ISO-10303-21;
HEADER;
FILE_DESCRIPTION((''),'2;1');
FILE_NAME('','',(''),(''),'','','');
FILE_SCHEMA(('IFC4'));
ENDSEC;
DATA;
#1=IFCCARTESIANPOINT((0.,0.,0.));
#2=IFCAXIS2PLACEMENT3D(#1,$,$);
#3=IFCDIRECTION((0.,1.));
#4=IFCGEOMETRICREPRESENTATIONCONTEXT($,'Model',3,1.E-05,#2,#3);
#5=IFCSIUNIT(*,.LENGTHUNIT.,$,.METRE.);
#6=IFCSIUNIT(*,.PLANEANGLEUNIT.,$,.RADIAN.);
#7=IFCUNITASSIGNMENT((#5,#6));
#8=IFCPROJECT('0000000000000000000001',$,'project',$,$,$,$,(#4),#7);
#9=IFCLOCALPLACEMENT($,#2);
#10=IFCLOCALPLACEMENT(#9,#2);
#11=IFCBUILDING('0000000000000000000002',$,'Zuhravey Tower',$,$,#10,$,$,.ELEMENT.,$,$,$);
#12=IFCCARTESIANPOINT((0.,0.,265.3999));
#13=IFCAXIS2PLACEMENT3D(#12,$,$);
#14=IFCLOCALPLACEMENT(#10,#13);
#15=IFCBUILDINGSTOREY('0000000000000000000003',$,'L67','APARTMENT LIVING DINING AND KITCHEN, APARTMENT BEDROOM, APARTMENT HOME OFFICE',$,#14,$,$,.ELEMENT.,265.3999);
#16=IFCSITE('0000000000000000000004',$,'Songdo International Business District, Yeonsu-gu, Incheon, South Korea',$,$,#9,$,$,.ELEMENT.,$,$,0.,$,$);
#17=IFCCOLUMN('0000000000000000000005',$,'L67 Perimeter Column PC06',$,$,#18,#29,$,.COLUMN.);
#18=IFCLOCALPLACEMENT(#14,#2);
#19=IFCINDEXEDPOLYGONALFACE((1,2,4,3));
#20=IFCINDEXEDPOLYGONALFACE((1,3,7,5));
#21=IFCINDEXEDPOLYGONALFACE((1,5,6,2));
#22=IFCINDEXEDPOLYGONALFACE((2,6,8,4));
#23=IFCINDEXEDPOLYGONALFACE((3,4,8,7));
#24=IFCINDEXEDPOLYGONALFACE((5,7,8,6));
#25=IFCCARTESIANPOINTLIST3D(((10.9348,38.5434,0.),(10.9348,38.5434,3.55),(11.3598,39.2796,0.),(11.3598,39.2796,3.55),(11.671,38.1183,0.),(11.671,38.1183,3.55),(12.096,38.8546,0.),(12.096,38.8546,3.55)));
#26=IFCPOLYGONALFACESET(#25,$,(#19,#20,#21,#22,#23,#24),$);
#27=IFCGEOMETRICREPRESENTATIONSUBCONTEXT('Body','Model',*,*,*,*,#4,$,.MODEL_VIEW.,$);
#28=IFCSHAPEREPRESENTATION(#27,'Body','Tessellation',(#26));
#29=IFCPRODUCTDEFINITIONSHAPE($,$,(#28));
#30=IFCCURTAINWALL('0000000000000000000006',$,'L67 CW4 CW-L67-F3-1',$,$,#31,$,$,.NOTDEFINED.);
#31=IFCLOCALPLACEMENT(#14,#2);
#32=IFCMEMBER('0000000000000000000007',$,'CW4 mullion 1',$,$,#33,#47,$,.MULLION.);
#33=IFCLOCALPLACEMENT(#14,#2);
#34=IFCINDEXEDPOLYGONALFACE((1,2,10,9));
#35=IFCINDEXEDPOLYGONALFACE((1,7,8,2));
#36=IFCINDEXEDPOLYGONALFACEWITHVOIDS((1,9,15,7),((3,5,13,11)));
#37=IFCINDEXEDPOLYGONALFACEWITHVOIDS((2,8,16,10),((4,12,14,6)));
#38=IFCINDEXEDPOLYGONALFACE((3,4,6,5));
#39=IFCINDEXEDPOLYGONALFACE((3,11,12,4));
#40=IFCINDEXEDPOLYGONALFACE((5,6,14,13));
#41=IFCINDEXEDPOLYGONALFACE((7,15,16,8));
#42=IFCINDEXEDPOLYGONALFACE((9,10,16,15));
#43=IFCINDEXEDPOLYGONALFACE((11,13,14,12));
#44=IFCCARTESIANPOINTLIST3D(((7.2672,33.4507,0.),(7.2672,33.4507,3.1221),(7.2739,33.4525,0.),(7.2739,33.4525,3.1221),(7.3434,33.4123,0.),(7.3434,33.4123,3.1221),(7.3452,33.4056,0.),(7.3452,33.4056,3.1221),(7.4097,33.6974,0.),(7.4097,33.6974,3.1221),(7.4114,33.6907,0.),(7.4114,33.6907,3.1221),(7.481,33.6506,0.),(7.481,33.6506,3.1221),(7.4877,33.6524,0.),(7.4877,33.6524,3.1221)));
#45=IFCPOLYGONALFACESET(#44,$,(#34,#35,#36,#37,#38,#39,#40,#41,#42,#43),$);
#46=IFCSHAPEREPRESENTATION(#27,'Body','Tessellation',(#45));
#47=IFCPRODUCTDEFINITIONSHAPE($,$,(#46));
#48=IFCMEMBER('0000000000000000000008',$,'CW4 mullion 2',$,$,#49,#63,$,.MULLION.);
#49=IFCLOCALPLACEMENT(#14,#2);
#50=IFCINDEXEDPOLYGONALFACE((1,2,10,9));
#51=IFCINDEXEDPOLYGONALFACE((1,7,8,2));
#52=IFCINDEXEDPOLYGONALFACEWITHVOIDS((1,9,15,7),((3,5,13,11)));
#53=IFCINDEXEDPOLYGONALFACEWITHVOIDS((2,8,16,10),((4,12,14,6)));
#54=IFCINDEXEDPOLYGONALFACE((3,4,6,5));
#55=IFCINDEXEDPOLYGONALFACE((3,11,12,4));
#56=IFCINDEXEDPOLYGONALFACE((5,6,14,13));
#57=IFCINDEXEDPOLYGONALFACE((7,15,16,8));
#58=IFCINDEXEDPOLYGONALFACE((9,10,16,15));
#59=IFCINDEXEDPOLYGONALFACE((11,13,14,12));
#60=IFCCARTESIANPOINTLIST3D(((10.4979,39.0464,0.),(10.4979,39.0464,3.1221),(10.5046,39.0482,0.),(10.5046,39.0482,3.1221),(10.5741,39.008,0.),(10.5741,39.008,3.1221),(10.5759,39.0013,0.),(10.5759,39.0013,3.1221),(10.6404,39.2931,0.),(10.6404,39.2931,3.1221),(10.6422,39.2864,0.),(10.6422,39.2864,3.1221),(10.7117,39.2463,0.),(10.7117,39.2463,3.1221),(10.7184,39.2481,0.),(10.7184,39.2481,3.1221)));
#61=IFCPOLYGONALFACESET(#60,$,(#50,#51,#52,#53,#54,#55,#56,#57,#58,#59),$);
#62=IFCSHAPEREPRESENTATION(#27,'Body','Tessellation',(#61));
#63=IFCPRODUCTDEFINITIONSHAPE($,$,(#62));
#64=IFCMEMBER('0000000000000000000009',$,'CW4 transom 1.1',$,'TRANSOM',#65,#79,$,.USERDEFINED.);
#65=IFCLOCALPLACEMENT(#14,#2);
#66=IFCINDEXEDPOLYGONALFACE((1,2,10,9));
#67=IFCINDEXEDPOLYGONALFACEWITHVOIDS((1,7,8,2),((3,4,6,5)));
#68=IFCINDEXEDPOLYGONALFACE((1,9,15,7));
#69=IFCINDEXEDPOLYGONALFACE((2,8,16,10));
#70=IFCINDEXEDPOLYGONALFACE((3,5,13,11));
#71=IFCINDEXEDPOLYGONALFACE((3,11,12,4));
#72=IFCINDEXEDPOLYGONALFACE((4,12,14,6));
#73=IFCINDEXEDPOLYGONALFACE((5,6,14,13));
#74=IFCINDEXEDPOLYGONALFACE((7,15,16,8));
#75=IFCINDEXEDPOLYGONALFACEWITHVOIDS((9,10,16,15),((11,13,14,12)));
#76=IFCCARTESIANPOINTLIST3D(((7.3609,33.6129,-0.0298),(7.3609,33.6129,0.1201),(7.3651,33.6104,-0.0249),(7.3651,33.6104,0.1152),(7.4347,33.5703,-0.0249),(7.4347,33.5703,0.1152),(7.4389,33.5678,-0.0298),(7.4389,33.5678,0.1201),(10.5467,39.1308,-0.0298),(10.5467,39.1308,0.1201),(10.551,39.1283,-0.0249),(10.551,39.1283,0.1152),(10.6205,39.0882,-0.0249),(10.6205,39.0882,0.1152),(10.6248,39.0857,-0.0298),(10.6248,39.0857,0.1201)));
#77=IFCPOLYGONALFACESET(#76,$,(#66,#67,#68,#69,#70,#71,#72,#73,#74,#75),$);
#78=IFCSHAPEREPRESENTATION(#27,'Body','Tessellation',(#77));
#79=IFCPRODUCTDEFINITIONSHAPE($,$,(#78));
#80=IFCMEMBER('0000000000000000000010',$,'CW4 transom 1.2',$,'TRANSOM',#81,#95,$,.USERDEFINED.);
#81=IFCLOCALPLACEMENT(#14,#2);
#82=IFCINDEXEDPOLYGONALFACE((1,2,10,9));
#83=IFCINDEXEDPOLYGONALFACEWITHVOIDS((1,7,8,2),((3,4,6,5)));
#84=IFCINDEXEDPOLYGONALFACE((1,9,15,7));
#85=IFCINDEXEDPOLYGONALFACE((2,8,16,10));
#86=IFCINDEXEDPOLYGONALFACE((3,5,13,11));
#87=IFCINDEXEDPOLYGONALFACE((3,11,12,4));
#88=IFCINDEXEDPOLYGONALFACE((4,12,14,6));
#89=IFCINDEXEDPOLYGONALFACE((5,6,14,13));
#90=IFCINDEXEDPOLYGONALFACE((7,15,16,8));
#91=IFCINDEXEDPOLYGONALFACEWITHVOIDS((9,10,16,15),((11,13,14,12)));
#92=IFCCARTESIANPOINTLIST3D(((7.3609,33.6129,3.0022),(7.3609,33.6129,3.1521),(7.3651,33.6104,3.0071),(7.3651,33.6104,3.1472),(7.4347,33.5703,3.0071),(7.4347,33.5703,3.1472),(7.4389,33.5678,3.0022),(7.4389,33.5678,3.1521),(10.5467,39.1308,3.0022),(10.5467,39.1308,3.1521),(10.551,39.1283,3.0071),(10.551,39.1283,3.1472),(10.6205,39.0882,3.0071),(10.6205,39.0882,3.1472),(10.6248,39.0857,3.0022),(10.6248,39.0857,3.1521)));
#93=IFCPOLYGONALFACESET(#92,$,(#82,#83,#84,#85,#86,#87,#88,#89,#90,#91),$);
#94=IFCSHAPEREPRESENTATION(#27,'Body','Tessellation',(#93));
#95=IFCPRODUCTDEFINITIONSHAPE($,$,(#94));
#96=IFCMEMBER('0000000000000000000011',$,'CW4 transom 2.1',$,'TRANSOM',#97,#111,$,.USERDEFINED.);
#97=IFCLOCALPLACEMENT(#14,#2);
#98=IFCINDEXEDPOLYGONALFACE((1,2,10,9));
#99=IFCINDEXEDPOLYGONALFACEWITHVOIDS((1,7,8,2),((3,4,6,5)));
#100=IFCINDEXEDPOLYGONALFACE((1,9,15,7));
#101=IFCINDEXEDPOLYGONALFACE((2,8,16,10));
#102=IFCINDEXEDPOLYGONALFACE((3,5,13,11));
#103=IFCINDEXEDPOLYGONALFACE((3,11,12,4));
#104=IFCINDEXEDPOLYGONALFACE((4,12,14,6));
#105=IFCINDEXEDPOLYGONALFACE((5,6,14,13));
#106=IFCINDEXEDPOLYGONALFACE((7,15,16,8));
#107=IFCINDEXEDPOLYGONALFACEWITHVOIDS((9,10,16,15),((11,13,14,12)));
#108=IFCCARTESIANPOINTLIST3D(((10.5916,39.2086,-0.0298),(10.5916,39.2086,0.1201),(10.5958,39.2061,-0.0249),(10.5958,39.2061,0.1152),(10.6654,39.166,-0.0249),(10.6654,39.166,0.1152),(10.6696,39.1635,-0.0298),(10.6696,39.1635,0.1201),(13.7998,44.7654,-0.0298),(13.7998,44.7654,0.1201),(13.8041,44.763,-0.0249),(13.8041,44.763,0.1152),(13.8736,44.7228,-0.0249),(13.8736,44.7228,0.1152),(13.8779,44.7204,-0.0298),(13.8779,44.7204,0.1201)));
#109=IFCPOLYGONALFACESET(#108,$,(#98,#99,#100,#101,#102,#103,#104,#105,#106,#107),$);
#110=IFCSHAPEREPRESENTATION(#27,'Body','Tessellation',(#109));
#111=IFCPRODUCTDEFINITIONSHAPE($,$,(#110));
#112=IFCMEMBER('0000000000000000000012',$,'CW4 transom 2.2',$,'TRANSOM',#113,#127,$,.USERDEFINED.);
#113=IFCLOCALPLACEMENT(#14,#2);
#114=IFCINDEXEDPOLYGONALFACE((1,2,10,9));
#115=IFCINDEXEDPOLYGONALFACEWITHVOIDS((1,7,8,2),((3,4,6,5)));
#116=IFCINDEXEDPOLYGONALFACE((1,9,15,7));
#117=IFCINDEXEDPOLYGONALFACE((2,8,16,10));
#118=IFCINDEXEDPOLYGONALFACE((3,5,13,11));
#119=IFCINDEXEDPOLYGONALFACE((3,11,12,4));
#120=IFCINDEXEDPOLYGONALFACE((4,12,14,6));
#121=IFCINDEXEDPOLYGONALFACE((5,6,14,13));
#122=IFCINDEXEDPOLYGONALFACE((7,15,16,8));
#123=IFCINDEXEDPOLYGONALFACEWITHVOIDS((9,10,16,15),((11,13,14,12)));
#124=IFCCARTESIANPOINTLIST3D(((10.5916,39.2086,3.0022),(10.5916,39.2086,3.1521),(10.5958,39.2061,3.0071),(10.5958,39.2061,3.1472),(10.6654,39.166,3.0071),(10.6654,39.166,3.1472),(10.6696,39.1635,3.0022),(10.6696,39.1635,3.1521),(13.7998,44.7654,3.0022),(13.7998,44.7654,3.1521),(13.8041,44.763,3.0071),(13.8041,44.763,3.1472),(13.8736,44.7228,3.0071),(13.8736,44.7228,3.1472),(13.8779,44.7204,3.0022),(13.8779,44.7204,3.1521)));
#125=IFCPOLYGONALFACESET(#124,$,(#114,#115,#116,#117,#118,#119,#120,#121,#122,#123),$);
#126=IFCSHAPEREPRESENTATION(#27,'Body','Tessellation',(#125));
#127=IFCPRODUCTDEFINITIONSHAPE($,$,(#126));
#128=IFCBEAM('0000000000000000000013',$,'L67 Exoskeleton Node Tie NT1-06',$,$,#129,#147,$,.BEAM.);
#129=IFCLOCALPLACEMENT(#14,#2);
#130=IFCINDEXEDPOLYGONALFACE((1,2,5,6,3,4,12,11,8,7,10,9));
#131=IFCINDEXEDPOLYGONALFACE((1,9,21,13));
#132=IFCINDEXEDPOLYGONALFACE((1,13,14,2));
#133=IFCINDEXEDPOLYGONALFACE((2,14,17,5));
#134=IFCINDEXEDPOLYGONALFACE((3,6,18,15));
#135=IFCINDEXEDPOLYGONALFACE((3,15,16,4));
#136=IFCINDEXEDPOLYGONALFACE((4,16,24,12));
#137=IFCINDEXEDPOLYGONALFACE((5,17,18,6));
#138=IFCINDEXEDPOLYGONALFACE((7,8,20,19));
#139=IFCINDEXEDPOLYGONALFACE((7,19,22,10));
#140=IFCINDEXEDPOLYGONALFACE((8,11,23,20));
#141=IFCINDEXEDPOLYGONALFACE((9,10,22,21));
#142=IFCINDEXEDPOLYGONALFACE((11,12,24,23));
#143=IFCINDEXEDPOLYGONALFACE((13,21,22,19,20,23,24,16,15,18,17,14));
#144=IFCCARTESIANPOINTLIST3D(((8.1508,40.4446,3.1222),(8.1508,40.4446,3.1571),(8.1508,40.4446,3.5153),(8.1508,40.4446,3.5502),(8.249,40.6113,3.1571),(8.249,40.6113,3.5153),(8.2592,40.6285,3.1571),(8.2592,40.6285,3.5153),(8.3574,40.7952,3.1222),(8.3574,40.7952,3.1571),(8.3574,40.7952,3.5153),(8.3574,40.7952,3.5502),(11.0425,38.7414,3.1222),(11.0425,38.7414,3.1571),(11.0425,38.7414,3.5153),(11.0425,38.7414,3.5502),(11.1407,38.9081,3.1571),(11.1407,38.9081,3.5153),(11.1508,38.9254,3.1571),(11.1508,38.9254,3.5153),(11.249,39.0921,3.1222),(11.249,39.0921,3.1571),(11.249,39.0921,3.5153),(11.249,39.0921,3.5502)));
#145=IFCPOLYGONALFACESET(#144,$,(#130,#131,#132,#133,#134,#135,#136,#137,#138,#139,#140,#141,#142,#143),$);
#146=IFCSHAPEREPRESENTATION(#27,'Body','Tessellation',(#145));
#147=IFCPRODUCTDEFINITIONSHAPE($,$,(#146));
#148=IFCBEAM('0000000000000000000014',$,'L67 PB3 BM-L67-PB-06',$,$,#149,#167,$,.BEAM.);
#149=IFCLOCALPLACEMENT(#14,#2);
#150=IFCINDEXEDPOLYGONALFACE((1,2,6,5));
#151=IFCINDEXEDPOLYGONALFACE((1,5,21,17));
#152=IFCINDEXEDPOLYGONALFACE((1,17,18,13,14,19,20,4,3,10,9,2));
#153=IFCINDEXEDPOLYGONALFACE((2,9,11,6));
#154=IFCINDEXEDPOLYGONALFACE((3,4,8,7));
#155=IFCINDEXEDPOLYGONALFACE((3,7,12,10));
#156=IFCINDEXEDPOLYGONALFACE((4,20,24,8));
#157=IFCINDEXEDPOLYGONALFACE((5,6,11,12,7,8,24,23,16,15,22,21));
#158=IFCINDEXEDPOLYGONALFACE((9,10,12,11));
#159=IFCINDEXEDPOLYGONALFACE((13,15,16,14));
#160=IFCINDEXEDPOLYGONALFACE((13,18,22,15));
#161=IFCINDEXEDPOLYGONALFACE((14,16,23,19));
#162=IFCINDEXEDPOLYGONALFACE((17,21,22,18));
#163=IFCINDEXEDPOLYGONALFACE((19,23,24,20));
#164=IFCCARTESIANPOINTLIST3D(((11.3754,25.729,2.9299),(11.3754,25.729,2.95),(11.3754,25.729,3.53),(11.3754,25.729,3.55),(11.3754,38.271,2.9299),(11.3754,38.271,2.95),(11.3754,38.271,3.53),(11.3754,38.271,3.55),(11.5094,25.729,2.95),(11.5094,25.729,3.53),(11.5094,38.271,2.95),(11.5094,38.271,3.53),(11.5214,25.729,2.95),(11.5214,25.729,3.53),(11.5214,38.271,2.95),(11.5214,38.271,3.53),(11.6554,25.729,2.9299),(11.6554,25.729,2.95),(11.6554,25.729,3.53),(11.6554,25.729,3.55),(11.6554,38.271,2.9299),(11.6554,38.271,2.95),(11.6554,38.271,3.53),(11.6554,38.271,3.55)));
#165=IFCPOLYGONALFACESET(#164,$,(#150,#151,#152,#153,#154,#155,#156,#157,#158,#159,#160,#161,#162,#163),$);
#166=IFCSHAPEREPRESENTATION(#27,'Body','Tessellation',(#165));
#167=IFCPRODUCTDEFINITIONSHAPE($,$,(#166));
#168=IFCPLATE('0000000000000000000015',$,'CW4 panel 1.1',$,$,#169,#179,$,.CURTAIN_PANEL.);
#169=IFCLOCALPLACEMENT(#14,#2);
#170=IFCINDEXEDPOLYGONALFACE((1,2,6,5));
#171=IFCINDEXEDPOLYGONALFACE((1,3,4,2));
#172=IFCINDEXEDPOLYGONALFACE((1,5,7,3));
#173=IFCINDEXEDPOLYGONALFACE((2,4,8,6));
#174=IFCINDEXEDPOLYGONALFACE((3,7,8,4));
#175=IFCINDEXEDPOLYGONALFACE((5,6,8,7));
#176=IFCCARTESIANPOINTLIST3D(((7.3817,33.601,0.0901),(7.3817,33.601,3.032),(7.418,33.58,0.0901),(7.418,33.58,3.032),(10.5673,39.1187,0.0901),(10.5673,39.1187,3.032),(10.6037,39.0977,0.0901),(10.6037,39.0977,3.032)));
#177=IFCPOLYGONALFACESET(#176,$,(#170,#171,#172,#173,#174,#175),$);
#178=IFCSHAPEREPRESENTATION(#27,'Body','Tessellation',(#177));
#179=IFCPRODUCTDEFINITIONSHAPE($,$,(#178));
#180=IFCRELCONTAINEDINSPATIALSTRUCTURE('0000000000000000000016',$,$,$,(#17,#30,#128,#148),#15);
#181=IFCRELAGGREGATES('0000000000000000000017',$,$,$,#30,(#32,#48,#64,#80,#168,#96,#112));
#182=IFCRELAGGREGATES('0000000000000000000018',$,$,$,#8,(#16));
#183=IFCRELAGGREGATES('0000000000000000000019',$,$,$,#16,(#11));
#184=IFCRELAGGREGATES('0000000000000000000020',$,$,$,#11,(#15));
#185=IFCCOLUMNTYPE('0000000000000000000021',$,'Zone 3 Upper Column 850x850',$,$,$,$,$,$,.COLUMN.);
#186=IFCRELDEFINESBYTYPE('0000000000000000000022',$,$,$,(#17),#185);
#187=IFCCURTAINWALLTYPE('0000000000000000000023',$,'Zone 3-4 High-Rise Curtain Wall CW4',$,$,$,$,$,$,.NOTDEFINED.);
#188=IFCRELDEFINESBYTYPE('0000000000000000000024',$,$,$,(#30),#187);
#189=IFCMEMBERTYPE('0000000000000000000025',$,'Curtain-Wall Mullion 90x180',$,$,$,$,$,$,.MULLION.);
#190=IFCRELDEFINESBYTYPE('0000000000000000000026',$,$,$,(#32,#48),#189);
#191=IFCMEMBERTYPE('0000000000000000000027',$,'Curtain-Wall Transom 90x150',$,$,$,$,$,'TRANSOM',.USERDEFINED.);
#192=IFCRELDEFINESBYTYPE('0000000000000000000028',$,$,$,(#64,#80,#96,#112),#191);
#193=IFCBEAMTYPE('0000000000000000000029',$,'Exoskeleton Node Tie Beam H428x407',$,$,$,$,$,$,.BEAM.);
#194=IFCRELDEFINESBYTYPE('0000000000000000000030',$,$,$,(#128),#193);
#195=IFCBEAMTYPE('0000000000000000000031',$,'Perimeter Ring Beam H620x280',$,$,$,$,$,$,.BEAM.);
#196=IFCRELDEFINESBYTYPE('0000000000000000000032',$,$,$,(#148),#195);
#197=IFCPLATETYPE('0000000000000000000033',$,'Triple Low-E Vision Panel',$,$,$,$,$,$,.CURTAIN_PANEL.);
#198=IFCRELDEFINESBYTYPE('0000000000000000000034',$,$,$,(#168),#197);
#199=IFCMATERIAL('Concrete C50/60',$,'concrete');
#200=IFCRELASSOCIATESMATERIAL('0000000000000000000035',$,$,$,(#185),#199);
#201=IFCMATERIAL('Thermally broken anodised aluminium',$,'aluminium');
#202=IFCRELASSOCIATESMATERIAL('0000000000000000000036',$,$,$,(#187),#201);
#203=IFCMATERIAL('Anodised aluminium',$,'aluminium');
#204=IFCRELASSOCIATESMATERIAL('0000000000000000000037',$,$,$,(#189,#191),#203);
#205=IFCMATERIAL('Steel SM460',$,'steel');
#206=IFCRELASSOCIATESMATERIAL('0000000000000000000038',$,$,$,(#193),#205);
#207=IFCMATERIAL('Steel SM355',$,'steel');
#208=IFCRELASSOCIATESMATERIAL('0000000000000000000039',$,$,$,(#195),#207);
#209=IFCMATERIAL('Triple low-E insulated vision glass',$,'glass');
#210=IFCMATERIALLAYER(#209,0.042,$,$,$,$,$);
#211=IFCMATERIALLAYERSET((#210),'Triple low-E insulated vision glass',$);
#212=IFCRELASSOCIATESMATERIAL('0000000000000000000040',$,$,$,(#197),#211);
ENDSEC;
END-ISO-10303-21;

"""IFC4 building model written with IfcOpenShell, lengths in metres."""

from ifc_helpers import new_model, si_unit, direction, frame, origin, origin_2d, place, context, subcontext, project, spatial, rectangle, hollow_rectangle, i_section, extrude, material, layer, layer_set, material_profile, profile_set, type_object, element, aggregate, save


model = new_model("IFC4")

# Units and contexts
model_context = context("Model", 3, precision=1e-05, world=origin(), true_north=direction((0.0, 1.0)))
body_context = subcontext(model_context, "Body", "Model", "MODEL_VIEW")
ifc_project = project(units=[si_unit("LENGTHUNIT", "METRE"), si_unit("PLANEANGLEUNIT", "RADIAN")], contexts=[model_context])

# Site, building, storey
site_placement = place(None, origin())
site = spatial("IfcSite", under=ifc_project, at=site_placement, Name="Songdo International Business District, Yeonsu-gu, Incheon, South Korea", CompositionType="ELEMENT", RefElevation=0.0)
building_placement = place(site_placement, origin())
building = spatial("IfcBuilding", under=site, at=building_placement, Name="Zuhravey Tower", CompositionType="ELEMENT")
storey_placement = place(building_placement, frame((0.0, 0.0, 265.3999)))
storey = spatial("IfcBuildingStorey", under=building, at=storey_placement, Name="L67", Description="APARTMENT LIVING DINING AND KITCHEN, APARTMENT BEDROOM, APARTMENT HOME OFFICE", CompositionType="ELEMENT", Elevation=265.3999)

# Column
ifc_material_1 = material(Name="Concrete C50/60", Category="concrete")
ifc_material_profile_1 = material_profile(ifc_material_1, rectangle(XDim=0.8501, YDim=0.8501, at=origin_2d()), Name="RC-850x850")
ifc_profile_set_1 = profile_set([ifc_material_profile_1], Name="Concrete C50/60")
column_type = type_object("IfcColumnType", Name="Zone 3 Upper Column 850x850", PredefinedType="COLUMN", material=ifc_profile_set_1)
column_placement = place(storey_placement, frame((11.5154, 38.699, 0.0), z_axis=(0.0, 0.0, 1.0), x_axis=(-0.5, -0.866025, 0.0)))
element("IfcColumn", 1, at=column_placement, inside=storey, type_object=column_type, Name="L67 Perimeter Column PC06", PredefinedType="COLUMN", context=body_context, shape_type="SweptSolid", body=[
    extrude(rectangle(XDim=0.8501, YDim=0.8501, at=origin_2d()), origin(), (0.0, 0.0, 1.0), 3.55),
])

# Curtain wall, members
ifc_material_2 = material(Name="Thermally broken anodised aluminium", Category="aluminium")
curtain_wall_type = type_object("IfcCurtainWallType", Name="Zone 3-4 High-Rise Curtain Wall CW4", PredefinedType="NOTDEFINED", material=ifc_material_2)
curtain_wall_placement = place(storey_placement, origin())
curtain_wall = element("IfcCurtainWall", 2, at=curtain_wall_placement, inside=storey, type_object=curtain_wall_type, Name="L67 CW4 CW-L67-F3-1", PredefinedType="NOTDEFINED")
ifc_material_3 = material(Name="Anodised aluminium", Category="aluminium")
ifc_material_profile_2 = material_profile(ifc_material_3, hollow_rectangle(XDim=0.0901, YDim=0.2849, WallThickness=0.0049, at=origin_2d()), Name="ALU-RHS-90x285x5")
ifc_profile_set_2 = profile_set([ifc_material_profile_2], Name="Anodised aluminium")
member_type_1 = type_object("IfcMemberType", Name="Curtain-Wall Mullion 90x180", PredefinedType="MULLION", material=ifc_profile_set_2)
member_1_placement = place(storey_placement, frame((7.3774, 33.5515, 0.0), z_axis=(0.0, 0.0, 1.0), x_axis=(-0.866025, 0.500001, 0.0)))
member_1 = element("IfcMember", 3, at=member_1_placement, type_object=member_type_1, Name="CW4 mullion 1", PredefinedType="MULLION", context=body_context, shape_type="SweptSolid", body=[
    extrude(hollow_rectangle(XDim=0.0901, YDim=0.2849, WallThickness=0.0049, at=origin_2d()), origin(), (0.0, 0.0, 1.0), 3.1221),
])
member_2_placement = place(storey_placement, frame((10.6082, 39.1472, 0.0), z_axis=(0.0, 0.0, 1.0), x_axis=(-0.866025, 0.500001, 0.0)))
member_2 = element("IfcMember", 4, at=member_2_placement, type_object=member_type_1, Name="CW4 mullion 2", PredefinedType="MULLION", context=body_context, shape_type="SweptSolid", body=[
    extrude(hollow_rectangle(XDim=0.0901, YDim=0.2849, WallThickness=0.0049, at=origin_2d()), origin(), (0.0, 0.0, 1.0), 3.1221),
])
ifc_material_profile_3 = material_profile(ifc_material_3, hollow_rectangle(XDim=0.0901, YDim=0.1499, WallThickness=0.0049, at=origin_2d()), Name="ALU-RHS-90x150x5")
ifc_profile_set_3 = profile_set([ifc_material_profile_3], Name="Anodised aluminium")
member_type_2 = type_object("IfcMemberType", Name="Curtain-Wall Transom 90x150", ElementType="TRANSOM", PredefinedType="USERDEFINED", material=ifc_profile_set_3)
member_3_placement = place(storey_placement, frame((7.3999, 33.5903, 0.0452), z_axis=(0.500009, 0.86602, 0.0), x_axis=(-0.86602, 0.500009, 0.0)))
member_3 = element("IfcMember", 5, at=member_3_placement, type_object=member_type_2, Name="CW4 transom 1.1", ObjectType="TRANSOM", PredefinedType="USERDEFINED", context=body_context, shape_type="SweptSolid", body=[
    extrude(hollow_rectangle(XDim=0.0901, YDim=0.1499, WallThickness=0.0049, at=origin_2d()), origin(), (0.0, 0.0, 1.0), 6.3716),
])
member_4_placement = place(storey_placement, frame((7.3999, 33.5903, 3.0771), z_axis=(0.500009, 0.86602, 0.0), x_axis=(-0.86602, 0.500009, 0.0)))
member_4 = element("IfcMember", 6, at=member_4_placement, type_object=member_type_2, Name="CW4 transom 1.2", ObjectType="TRANSOM", PredefinedType="USERDEFINED", context=body_context, shape_type="SweptSolid", body=[
    extrude(hollow_rectangle(XDim=0.0901, YDim=0.1499, WallThickness=0.0049, at=origin_2d()), origin(), (0.0, 0.0, 1.0), 6.3716),
])
member_5_placement = place(storey_placement, frame((10.6306, 39.186, 0.0452), z_axis=(0.499998, 0.866027, 0.0), x_axis=(-0.866027, 0.499998, 0.0)))
member_5 = element("IfcMember", 7, at=member_5_placement, type_object=member_type_2, Name="CW4 transom 2.1", ObjectType="TRANSOM", PredefinedType="USERDEFINED", context=body_context, shape_type="SweptSolid", body=[
    extrude(hollow_rectangle(XDim=0.0901, YDim=0.1499, WallThickness=0.0049, at=origin_2d()), origin(), (0.0, 0.0, 1.0), 6.4165),
])
member_6_placement = place(storey_placement, frame((10.6306, 39.186, 3.0771), z_axis=(0.499998, 0.866027, 0.0), x_axis=(-0.866027, 0.499998, 0.0)))
member_6 = element("IfcMember", 8, at=member_6_placement, type_object=member_type_2, Name="CW4 transom 2.2", ObjectType="TRANSOM", PredefinedType="USERDEFINED", context=body_context, shape_type="SweptSolid", body=[
    extrude(hollow_rectangle(XDim=0.0901, YDim=0.1499, WallThickness=0.0049, at=origin_2d()), origin(), (0.0, 0.0, 1.0), 6.4165),
])

# Beams
ifc_material_4 = material(Name="Steel SM460", Category="steel")
ifc_material_profile_4 = material_profile(ifc_material_4, i_section(OverallWidth=0.407, OverallDepth=0.428, WebThickness=0.02, FlangeThickness=0.0349, at=origin_2d()), Name="H-428x407x20x35")
ifc_profile_set_4 = profile_set([ifc_material_profile_4], Name="Steel SM460")
beam_type_1 = type_object("IfcBeamType", Name="Exoskeleton Node Tie Beam H428x407", PredefinedType="BEAM", material=ifc_profile_set_4)
beam_1_placement = place(storey_placement, frame((11.1458, 38.9167, 3.3362), z_axis=(-0.86165, 0.507503, 0.0), x_axis=(-0.507503, -0.86165, 0.0)))
element("IfcBeam", 9, at=beam_1_placement, inside=storey, type_object=beam_type_1, Name="L67 Exoskeleton Node Tie NT1-06", PredefinedType="BEAM", context=body_context, shape_type="SweptSolid", body=[
    extrude(i_section(OverallWidth=0.407, OverallDepth=0.428, WebThickness=0.02, FlangeThickness=0.0349, at=origin_2d()), origin(), (0.0, 0.0, 1.0), 3.356),
])
ifc_material_5 = material(Name="Steel SM355", Category="steel")
ifc_material_profile_5 = material_profile(ifc_material_5, i_section(OverallWidth=0.28, OverallDepth=0.6201, WebThickness=0.012, FlangeThickness=0.02, at=origin_2d()), Name="H-620x280x12x20")
ifc_profile_set_5 = profile_set([ifc_material_profile_5], Name="Steel SM355")
beam_type_2 = type_object("IfcBeamType", Name="Perimeter Ring Beam H620x280", PredefinedType="BEAM", material=ifc_profile_set_5)
beam_2_placement = place(storey_placement, frame((11.5154, 38.271, 3.24), z_axis=(0.0, -1.0, 0.0), x_axis=(1.0, 0.0, 0.0)))
element("IfcBeam", 10, at=beam_2_placement, inside=storey, type_object=beam_type_2, Name="L67 PB3 BM-L67-PB-06", PredefinedType="BEAM", context=body_context, shape_type="SweptSolid", body=[
    extrude(i_section(OverallWidth=0.28, OverallDepth=0.6201, WebThickness=0.012, FlangeThickness=0.02, at=origin_2d()), origin(), (0.0, 0.0, 1.0), 12.542),
])

# Plate
ifc_material_6 = material(Name="Triple low-E insulated vision glass", Category="glass")
ifc_layer_1 = layer(ifc_material_6, 0.042)
ifc_layer_set_1 = layer_set([ifc_layer_1], Name="Triple low-E insulated vision glass")
plate_type = type_object("IfcPlateType", Name="Triple Low-E Vision Panel", PredefinedType="CURTAIN_PANEL", material=ifc_layer_set_1)
plate_1_placement = place(storey_placement, frame((8.9927, 36.3494, 0.0901), z_axis=(0.0, 0.0, 1.0), x_axis=(0.500001, 0.866025, 0.0)))
plate_1 = element("IfcPlate", 11, at=plate_1_placement, type_object=plate_type, Name="CW4 panel 1.1", PredefinedType="CURTAIN_PANEL", context=body_context, shape_type="SweptSolid", body=[
    extrude(rectangle(XDim=6.3713, YDim=0.042, at=origin_2d()), origin(), (0.0, 0.0, 1.0), 2.9419),
])
aggregate(curtain_wall, [member_1, member_2, member_3, member_4, plate_1, member_5, member_6])

save(model, "model.ifc")
